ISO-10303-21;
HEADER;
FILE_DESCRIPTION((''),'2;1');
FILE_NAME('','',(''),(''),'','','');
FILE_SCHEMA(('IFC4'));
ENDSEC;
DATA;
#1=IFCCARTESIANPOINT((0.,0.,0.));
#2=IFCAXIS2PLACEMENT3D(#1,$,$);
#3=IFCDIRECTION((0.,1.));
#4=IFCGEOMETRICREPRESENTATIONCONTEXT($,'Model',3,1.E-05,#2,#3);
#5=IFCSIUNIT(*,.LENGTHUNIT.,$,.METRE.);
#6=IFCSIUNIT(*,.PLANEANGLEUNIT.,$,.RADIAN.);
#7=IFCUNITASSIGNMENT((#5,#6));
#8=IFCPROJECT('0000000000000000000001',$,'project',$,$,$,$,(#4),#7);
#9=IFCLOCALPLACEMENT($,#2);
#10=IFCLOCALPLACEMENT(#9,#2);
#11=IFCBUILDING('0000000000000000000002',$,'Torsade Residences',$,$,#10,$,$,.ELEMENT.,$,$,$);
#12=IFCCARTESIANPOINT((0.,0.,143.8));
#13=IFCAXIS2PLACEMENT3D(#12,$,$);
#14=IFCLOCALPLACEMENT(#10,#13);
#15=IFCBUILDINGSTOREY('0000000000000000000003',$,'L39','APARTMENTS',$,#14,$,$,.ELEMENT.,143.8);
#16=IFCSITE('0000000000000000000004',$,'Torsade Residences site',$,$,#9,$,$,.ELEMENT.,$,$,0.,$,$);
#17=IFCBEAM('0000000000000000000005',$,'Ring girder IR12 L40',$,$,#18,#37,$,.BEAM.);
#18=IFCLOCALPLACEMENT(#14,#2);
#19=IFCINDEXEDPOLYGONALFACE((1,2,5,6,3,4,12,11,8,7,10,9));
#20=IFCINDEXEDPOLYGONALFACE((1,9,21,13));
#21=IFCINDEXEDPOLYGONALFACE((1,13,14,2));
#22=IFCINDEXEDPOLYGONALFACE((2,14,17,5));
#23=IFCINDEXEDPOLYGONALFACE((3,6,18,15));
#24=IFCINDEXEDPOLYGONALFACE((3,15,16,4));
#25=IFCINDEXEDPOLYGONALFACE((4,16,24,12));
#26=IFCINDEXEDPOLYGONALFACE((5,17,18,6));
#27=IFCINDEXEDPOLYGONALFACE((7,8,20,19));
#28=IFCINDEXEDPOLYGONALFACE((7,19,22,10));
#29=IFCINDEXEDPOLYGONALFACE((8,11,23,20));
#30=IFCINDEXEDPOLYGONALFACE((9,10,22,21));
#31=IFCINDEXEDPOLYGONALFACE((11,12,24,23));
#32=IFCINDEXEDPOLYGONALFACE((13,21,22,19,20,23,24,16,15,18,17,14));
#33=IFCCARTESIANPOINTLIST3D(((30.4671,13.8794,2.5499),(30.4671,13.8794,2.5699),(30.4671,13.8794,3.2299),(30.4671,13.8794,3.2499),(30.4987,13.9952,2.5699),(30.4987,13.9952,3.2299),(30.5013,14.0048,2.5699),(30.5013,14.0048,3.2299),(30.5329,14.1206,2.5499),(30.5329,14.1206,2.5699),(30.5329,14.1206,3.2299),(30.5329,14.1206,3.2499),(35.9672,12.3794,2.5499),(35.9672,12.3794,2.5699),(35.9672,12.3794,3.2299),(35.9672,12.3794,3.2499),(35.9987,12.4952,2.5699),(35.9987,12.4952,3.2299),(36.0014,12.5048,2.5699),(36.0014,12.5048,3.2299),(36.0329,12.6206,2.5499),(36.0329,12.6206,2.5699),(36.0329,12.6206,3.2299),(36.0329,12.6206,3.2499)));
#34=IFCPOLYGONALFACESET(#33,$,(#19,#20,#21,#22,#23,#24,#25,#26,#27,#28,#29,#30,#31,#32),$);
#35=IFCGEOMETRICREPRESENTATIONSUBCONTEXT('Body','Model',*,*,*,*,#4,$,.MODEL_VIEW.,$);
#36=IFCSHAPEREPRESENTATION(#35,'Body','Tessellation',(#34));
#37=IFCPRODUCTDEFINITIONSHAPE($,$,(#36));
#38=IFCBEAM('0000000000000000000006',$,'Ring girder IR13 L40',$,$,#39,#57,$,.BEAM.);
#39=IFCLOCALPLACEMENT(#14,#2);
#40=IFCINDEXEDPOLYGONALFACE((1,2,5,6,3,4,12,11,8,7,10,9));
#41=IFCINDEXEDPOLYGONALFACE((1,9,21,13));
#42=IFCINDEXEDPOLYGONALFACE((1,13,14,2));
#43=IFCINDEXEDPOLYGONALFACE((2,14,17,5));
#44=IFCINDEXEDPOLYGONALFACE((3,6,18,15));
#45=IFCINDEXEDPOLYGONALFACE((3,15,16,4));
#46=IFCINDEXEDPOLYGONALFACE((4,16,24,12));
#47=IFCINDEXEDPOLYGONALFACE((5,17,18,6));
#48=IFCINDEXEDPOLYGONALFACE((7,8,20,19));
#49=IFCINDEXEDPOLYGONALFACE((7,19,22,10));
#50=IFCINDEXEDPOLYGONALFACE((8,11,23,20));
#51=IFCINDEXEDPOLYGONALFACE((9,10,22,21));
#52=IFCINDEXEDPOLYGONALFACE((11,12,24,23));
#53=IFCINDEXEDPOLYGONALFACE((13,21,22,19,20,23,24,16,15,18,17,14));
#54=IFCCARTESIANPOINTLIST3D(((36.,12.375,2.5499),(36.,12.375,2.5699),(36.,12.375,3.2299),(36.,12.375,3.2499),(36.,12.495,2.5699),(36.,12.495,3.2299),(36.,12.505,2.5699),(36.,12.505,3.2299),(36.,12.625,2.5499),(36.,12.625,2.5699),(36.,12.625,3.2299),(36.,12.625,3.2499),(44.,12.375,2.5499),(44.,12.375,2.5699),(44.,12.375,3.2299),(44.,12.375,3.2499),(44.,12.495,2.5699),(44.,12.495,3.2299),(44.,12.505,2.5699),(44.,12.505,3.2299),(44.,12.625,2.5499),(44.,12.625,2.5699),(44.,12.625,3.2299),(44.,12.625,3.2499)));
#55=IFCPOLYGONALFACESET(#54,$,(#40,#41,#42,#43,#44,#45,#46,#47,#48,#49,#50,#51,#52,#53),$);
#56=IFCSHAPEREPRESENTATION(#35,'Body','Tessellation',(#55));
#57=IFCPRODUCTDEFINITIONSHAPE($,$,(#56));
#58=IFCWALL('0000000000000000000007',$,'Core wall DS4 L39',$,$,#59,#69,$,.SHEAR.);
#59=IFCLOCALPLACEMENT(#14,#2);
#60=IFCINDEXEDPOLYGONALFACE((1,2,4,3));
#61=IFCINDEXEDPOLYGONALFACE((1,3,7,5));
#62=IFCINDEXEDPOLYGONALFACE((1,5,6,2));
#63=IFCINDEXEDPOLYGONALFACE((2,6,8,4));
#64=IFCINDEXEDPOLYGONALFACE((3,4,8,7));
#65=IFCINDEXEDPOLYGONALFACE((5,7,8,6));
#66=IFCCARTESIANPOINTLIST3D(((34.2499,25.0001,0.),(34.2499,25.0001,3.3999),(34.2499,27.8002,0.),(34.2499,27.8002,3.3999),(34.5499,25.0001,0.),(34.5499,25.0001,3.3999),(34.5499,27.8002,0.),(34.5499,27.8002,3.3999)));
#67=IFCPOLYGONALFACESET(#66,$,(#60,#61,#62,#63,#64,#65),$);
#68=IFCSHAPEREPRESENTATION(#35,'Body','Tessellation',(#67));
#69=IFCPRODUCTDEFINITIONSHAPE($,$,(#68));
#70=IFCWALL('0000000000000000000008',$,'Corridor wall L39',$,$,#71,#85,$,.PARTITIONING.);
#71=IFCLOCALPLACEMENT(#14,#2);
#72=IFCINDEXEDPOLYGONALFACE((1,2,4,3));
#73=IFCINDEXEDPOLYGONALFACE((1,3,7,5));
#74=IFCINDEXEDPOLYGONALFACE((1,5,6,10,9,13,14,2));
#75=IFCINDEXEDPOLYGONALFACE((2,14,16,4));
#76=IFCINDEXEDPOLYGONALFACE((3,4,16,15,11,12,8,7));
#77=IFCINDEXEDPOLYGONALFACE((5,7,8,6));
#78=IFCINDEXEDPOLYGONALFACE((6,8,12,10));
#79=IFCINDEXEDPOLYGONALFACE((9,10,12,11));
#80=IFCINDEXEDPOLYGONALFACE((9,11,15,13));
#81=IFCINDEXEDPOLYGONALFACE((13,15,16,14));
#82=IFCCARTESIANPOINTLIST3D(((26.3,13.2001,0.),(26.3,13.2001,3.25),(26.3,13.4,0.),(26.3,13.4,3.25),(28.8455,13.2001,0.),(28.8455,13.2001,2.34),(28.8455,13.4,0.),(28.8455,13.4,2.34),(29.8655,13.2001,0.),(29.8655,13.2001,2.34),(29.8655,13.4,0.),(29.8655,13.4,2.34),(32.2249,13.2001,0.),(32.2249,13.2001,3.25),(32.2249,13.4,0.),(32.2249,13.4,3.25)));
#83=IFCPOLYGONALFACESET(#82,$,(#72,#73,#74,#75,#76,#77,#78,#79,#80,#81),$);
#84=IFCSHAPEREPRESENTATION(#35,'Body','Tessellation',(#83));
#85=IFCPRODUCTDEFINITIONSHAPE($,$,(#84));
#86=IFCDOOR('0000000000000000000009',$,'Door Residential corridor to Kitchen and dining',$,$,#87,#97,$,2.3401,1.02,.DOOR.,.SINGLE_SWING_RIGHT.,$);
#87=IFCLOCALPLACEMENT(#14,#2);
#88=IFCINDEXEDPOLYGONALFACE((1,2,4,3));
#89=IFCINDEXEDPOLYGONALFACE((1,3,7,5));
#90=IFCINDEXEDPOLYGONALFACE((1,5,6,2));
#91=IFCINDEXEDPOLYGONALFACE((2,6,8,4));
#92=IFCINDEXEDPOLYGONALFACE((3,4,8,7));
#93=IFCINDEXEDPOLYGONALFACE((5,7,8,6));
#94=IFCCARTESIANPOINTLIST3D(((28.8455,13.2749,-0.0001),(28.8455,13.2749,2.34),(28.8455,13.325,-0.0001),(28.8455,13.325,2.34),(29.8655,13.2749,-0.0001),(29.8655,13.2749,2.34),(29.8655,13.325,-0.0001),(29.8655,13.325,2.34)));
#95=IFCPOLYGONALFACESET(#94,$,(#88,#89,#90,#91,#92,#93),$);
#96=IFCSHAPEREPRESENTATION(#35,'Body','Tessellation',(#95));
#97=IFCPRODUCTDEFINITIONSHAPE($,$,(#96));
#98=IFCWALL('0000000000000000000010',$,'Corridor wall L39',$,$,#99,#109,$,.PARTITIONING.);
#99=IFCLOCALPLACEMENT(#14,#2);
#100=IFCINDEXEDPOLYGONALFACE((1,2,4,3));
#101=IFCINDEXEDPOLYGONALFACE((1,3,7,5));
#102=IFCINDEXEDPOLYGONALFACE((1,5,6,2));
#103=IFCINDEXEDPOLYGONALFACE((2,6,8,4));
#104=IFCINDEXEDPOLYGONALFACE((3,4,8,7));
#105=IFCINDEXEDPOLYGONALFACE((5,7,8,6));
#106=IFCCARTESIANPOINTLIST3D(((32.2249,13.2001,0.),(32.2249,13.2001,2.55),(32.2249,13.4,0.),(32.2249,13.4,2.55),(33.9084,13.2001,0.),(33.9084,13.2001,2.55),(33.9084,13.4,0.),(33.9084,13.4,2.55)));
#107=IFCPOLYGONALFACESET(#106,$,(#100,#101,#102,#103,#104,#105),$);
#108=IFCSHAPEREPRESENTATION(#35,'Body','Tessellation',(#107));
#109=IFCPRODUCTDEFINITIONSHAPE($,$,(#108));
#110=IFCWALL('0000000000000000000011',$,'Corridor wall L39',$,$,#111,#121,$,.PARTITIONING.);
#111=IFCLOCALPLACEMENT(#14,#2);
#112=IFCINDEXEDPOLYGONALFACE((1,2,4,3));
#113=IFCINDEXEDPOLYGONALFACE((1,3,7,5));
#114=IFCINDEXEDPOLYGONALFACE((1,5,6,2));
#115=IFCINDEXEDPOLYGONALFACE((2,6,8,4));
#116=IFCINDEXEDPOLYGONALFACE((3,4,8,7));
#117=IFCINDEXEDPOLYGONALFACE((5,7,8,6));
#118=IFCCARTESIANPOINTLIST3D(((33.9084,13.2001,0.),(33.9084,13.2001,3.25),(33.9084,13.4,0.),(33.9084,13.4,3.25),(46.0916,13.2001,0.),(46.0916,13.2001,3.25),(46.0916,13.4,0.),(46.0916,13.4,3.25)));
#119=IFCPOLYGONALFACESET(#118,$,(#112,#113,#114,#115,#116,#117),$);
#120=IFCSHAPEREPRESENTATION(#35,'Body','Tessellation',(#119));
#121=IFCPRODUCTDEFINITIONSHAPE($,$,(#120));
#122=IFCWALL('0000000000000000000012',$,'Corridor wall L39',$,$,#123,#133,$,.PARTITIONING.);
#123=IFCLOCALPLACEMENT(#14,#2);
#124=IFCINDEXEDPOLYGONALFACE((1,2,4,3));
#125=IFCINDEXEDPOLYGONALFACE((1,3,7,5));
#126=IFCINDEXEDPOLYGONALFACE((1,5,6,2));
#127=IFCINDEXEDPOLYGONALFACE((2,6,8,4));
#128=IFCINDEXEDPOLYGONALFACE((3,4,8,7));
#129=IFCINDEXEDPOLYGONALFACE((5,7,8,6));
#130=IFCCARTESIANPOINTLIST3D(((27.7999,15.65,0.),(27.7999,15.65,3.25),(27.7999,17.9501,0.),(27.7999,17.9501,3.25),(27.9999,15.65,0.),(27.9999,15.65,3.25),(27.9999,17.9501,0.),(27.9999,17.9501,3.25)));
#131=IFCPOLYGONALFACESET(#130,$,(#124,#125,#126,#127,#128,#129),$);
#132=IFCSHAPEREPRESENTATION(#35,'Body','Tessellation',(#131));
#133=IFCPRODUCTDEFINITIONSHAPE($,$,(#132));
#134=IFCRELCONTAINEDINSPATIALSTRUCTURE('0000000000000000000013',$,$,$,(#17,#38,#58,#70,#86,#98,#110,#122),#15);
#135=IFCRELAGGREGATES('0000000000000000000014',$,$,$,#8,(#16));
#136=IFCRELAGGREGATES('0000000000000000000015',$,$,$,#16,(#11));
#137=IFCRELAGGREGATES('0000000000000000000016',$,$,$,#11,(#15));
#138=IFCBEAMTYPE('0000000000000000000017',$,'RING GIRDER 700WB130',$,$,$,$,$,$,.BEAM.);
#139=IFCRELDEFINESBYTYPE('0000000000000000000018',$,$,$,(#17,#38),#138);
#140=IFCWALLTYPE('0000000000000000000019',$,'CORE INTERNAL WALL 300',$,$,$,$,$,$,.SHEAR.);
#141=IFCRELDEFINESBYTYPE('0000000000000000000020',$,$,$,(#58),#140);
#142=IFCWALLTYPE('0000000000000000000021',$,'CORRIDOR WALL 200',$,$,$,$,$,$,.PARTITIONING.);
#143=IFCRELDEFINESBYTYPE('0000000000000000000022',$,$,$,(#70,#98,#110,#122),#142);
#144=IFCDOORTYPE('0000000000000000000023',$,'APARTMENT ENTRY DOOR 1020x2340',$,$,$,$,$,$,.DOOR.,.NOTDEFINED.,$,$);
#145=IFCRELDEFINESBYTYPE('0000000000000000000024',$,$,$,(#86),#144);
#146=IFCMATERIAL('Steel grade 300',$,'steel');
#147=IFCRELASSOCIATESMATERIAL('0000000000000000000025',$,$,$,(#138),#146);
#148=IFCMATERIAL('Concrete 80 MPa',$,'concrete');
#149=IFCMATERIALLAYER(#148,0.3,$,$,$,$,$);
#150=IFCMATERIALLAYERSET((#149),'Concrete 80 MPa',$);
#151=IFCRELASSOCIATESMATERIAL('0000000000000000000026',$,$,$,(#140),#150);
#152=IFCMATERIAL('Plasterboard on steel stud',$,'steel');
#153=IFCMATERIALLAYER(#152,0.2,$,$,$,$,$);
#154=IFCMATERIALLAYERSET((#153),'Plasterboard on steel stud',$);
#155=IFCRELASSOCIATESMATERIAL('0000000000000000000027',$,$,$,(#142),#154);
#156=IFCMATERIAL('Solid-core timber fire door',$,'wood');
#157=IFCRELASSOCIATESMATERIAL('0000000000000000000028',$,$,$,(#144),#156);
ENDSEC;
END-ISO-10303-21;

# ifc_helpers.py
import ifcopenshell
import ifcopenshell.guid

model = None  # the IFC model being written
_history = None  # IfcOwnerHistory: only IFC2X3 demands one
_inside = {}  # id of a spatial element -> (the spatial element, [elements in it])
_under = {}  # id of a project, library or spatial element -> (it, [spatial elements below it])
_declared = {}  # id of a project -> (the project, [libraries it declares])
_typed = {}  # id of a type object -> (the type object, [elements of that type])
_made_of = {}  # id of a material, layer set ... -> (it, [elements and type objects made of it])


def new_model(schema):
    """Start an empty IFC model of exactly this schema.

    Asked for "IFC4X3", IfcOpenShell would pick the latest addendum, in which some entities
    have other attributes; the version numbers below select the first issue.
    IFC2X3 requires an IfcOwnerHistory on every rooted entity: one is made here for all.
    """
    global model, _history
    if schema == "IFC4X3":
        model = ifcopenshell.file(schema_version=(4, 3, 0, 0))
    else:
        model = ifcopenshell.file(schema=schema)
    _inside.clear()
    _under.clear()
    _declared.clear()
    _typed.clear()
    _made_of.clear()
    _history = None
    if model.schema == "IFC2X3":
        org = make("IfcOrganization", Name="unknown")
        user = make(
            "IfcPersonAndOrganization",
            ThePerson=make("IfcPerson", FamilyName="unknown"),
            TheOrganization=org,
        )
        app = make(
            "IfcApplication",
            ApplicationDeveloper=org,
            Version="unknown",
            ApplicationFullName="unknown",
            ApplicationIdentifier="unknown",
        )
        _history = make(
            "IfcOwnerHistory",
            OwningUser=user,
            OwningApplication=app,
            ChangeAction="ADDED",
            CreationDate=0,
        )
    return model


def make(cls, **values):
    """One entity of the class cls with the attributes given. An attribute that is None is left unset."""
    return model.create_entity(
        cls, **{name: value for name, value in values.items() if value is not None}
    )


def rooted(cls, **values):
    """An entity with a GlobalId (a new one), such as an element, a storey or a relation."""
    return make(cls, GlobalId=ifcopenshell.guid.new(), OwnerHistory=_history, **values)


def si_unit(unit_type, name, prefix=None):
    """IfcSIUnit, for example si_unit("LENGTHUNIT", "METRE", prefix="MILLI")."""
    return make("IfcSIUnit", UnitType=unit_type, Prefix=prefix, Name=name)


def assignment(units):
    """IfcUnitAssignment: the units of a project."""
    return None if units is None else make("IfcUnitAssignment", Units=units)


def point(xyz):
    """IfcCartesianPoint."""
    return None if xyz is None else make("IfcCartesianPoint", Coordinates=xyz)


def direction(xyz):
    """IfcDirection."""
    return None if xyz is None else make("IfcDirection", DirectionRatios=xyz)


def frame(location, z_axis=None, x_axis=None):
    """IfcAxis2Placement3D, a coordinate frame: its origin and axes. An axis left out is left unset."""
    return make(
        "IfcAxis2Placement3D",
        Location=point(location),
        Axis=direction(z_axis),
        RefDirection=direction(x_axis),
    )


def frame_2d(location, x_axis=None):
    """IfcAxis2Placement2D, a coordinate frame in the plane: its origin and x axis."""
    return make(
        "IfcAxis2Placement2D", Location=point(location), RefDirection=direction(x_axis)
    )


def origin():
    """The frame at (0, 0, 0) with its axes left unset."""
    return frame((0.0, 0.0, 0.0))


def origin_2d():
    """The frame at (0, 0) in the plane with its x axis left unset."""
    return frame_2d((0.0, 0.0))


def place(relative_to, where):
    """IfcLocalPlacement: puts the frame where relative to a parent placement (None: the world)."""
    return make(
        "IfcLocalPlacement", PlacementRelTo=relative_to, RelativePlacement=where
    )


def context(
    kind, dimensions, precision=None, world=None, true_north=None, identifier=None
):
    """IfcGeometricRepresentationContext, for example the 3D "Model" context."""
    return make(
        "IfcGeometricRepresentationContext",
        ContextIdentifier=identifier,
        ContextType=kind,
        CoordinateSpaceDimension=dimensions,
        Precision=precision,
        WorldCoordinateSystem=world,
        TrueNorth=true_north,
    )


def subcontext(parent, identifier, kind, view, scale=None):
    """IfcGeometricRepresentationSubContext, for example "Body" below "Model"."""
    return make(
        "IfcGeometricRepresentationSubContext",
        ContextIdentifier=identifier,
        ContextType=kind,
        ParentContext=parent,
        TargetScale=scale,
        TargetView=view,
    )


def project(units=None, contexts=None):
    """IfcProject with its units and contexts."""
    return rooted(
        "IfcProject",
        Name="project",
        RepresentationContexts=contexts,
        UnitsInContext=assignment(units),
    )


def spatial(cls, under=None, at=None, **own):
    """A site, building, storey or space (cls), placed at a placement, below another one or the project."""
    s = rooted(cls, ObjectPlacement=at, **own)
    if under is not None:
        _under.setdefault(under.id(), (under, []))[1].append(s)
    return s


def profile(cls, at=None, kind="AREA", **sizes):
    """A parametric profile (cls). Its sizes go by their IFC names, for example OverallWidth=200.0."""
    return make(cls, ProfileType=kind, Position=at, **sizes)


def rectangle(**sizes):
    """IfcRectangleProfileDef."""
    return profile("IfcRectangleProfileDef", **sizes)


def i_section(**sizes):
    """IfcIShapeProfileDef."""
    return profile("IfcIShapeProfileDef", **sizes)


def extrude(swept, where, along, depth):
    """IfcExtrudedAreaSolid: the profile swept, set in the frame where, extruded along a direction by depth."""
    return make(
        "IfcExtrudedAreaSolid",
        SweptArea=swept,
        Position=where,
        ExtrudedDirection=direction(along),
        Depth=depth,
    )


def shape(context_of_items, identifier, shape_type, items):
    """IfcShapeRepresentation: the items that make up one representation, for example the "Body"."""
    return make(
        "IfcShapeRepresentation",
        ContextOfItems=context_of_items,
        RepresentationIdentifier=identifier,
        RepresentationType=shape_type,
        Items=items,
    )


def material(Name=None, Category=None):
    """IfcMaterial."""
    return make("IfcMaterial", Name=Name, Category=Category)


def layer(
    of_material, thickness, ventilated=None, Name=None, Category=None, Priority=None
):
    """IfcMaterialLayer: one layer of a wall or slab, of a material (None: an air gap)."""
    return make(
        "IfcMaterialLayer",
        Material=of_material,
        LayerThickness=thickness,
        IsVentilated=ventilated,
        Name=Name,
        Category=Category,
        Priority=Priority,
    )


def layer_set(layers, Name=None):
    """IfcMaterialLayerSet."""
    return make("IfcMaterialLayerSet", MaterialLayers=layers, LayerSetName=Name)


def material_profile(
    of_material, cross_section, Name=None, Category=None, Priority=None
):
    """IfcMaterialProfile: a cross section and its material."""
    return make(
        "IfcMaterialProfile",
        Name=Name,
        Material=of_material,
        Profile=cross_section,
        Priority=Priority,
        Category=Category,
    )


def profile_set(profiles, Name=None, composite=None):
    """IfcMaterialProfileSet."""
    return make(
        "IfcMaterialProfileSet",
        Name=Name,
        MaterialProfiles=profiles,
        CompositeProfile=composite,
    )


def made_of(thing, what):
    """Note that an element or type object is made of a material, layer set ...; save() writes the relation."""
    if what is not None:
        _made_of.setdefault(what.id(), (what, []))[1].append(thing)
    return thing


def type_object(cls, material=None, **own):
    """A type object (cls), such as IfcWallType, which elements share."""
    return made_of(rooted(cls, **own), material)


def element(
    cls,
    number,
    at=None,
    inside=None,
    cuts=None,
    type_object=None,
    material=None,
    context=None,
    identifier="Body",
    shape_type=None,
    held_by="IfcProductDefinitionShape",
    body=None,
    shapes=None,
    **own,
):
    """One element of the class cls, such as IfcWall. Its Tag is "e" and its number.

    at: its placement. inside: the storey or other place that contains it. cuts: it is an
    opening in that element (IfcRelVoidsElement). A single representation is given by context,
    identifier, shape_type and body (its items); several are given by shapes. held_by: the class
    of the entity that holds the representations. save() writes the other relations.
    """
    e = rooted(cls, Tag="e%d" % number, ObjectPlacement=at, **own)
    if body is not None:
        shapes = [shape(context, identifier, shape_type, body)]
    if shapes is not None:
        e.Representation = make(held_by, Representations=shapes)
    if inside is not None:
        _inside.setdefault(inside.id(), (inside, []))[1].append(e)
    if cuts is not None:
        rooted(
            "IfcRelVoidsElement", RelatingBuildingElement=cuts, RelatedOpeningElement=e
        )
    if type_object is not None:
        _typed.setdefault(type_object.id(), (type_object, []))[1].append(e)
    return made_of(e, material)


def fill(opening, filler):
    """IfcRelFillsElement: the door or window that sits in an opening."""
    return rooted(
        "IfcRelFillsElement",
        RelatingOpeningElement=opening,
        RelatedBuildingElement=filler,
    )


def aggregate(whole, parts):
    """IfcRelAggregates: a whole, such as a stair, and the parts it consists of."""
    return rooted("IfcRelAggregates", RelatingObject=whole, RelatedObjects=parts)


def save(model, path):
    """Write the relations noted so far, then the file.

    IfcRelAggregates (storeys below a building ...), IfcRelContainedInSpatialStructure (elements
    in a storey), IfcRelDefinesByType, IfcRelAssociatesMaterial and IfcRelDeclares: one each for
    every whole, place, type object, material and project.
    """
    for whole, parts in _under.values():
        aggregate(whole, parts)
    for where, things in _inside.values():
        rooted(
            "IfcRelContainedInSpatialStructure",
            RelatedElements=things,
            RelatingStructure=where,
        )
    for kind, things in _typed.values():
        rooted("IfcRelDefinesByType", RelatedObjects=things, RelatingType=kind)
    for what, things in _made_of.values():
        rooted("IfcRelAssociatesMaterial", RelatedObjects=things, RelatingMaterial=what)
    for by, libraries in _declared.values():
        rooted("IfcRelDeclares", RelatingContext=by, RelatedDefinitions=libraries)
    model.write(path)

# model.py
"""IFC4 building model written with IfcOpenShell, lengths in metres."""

from ifc_helpers import new_model, si_unit, direction, frame, frame_2d, origin, origin_2d, place, context, subcontext, project, spatial, rectangle, i_section, extrude, material, layer, layer_set, material_profile, profile_set, type_object, element, fill, save


model = new_model("IFC4")

# Units and contexts
model_context = context("Model", 3, precision=1e-05, world=origin(), true_north=direction((0.0, 1.0)))
body_context = subcontext(model_context, "Body", "Model", "MODEL_VIEW")
ifc_project = project(units=[si_unit("LENGTHUNIT", "METRE"), si_unit("PLANEANGLEUNIT", "RADIAN")], contexts=[model_context])

# Site, building, storey
site_placement = place(None, origin())
site = spatial("IfcSite", under=ifc_project, at=site_placement, Name="Torsade Residences site", CompositionType="ELEMENT", RefElevation=0.0)
building_placement = place(site_placement, origin())
building = spatial("IfcBuilding", under=site, at=building_placement, Name="Torsade Residences", CompositionType="ELEMENT")
storey_placement = place(building_placement, frame((0.0, 0.0, 143.8)))
storey = spatial("IfcBuildingStorey", under=building, at=storey_placement, Name="L39", Description="APARTMENTS", CompositionType="ELEMENT", Elevation=143.8)

# Beams
ifc_material_1 = material(Name="Steel grade 300", Category="steel")
ifc_material_profile_1 = material_profile(ifc_material_1, i_section(OverallWidth=0.25, OverallDepth=0.7, WebThickness=0.01, FlangeThickness=0.02, at=origin_2d()), Name="700WB130")
ifc_profile_set_1 = profile_set([ifc_material_profile_1], Name="Steel grade 300")
beam_type_1 = type_object("IfcBeamType", Name="RING GIRDER 700WB130", PredefinedType="BEAM", material=ifc_profile_set_1)
beam_1_placement = place(storey_placement, frame((30.5, 14.0, 2.8999), z_axis=(0.964764, -0.263117, 0.0), x_axis=(0.263117, 0.964764, 0.0)))
element("IfcBeam", 1, at=beam_1_placement, inside=storey, type_object=beam_type_1, Name="Ring girder IR12 L40", PredefinedType="BEAM", context=body_context, shape_type="SweptSolid", body=[
    extrude(i_section(OverallWidth=0.25, OverallDepth=0.7, WebThickness=0.01, FlangeThickness=0.02, at=origin_2d()), origin(), (0.0, 0.0, 1.0), 5.7009),
])
beam_2_placement = place(storey_placement, frame((36.0, 12.5, 2.8999), z_axis=(1.0, 0.0, 0.0), x_axis=(0.0, 1.0, 0.0)))
element("IfcBeam", 2, at=beam_2_placement, inside=storey, type_object=beam_type_1, Name="Ring girder IR13 L40", PredefinedType="BEAM", context=body_context, shape_type="SweptSolid", body=[
    extrude(i_section(OverallWidth=0.25, OverallDepth=0.7, WebThickness=0.01, FlangeThickness=0.02, at=origin_2d()), origin(), (0.0, 0.0, 1.0), 8.0),
])

# Wall
ifc_material_2 = material(Name="Concrete 80 MPa", Category="concrete")
ifc_layer_1 = layer(ifc_material_2, 0.3)
ifc_layer_set_1 = layer_set([ifc_layer_1], Name="Concrete 80 MPa")
wall_type_1 = type_object("IfcWallType", Name="CORE INTERNAL WALL 300", PredefinedType="SHEAR", material=ifc_layer_set_1)
wall_1_placement = place(storey_placement, frame((34.3999, 27.8, 0.0), z_axis=(0.0, 0.0, 1.0), x_axis=(0.0, -1.0, 0.0)))
element("IfcWall", 3, at=wall_1_placement, inside=storey, type_object=wall_type_1, Name="Core wall DS4 L39", PredefinedType="SHEAR", context=body_context, shape_type="SweptSolid", body=[
    extrude(rectangle(XDim=2.8, YDim=0.3, at=frame_2d((1.3999, 0.0))), origin(), (0.0, 0.0, 1.0), 3.3999),
])

# Wall, opening, door
ifc_material_3 = material(Name="Plasterboard on steel stud", Category="steel")
ifc_layer_2 = layer(ifc_material_3, 0.2)
ifc_layer_set_2 = layer_set([ifc_layer_2], Name="Plasterboard on steel stud")
wall_type_2 = type_object("IfcWallType", Name="CORRIDOR WALL 200", PredefinedType="PARTITIONING", material=ifc_layer_set_2)
wall_2_placement = place(storey_placement, frame((26.3, 13.3, 0.0), z_axis=(0.0, 0.0, 1.0), x_axis=(1.0, 0.0, 0.0)))
wall_2 = element("IfcWall", 4, at=wall_2_placement, inside=storey, type_object=wall_type_2, Name="Corridor wall L39", PredefinedType="PARTITIONING", context=body_context, shape_type="SweptSolid", body=[
    extrude(rectangle(XDim=5.9248, YDim=0.2, at=frame_2d((2.9624, 0.0))), origin(), (0.0, 0.0, 1.0), 3.25),
])
opening_1_placement = place(wall_2_placement, frame((2.5454, 0.0, 0.0)))
opening_1 = element("IfcOpeningElement", 5, at=opening_1_placement, cuts=wall_2, PredefinedType="OPENING", context=body_context, shape_type="SweptSolid", body=[
    extrude(rectangle(XDim=1.02, YDim=2.3401, at=frame_2d((0.51, 1.1699))), frame((0.0, 0.1099, 0.0), z_axis=(0.0, -1.0, 0.0), x_axis=(1.0, 0.0, 0.0)), (0.0, 0.0, 1.0), 0.22),
])
ifc_material_4 = material(Name="Solid-core timber fire door", Category="wood")
door_type_1 = type_object("IfcDoorType", Name="APARTMENT ENTRY DOOR 1020x2340", OperationType="NOTDEFINED", PredefinedType="DOOR", material=ifc_material_4)
door_1_placement = place(opening_1_placement, origin())
door_1 = element("IfcDoor", 6, at=door_1_placement, inside=storey, type_object=door_type_1, Name="Door Residential corridor to Kitchen and dining", OperationType="SINGLE_SWING_RIGHT", OverallHeight=2.3401, OverallWidth=1.02, PredefinedType="DOOR", context=body_context, shape_type="SweptSolid", body=[
    extrude(rectangle(XDim=1.02, YDim=2.3401, at=frame_2d((0.51, 1.1699))), frame((0.0, 0.0249, 0.0), z_axis=(0.0, -1.0, 0.0), x_axis=(1.0, 0.0, 0.0)), (0.0, 0.0, 1.0), 0.05),
])
fill(opening_1, door_1)

# Walls
wall_3_placement = place(storey_placement, frame((32.2249, 13.3, 0.0), z_axis=(0.0, 0.0, 1.0), x_axis=(1.0, 0.0, 0.0)))
element("IfcWall", 7, at=wall_3_placement, inside=storey, type_object=wall_type_2, Name="Corridor wall L39", PredefinedType="PARTITIONING", context=body_context, shape_type="SweptSolid", body=[
    extrude(rectangle(XDim=1.6836, YDim=0.2, at=frame_2d((0.8418, 0.0))), origin(), (0.0, 0.0, 1.0), 2.55),
])
wall_4_placement = place(storey_placement, frame((33.9084, 13.3, 0.0), z_axis=(0.0, 0.0, 1.0), x_axis=(1.0, 0.0, 0.0)))
element("IfcWall", 8, at=wall_4_placement, inside=storey, type_object=wall_type_2, Name="Corridor wall L39", PredefinedType="PARTITIONING", context=body_context, shape_type="SweptSolid", body=[
    extrude(rectangle(XDim=12.1831, YDim=0.2, at=frame_2d((6.0916, 0.0))), origin(), (0.0, 0.0, 1.0), 3.25),
])
wall_5_placement = place(storey_placement, frame((27.8999, 17.95, 0.0), z_axis=(0.0, 0.0, 1.0), x_axis=(0.0, -1.0, 0.0)))
element("IfcWall", 9, at=wall_5_placement, inside=storey, type_object=wall_type_2, Name="Corridor wall L39", PredefinedType="PARTITIONING", context=body_context, shape_type="SweptSolid", body=[
    extrude(rectangle(XDim=2.3, YDim=0.2, at=frame_2d((1.1499, 0.0))), origin(), (0.0, 0.0, 1.0), 3.25),
])

save(model, "model.ifc")
